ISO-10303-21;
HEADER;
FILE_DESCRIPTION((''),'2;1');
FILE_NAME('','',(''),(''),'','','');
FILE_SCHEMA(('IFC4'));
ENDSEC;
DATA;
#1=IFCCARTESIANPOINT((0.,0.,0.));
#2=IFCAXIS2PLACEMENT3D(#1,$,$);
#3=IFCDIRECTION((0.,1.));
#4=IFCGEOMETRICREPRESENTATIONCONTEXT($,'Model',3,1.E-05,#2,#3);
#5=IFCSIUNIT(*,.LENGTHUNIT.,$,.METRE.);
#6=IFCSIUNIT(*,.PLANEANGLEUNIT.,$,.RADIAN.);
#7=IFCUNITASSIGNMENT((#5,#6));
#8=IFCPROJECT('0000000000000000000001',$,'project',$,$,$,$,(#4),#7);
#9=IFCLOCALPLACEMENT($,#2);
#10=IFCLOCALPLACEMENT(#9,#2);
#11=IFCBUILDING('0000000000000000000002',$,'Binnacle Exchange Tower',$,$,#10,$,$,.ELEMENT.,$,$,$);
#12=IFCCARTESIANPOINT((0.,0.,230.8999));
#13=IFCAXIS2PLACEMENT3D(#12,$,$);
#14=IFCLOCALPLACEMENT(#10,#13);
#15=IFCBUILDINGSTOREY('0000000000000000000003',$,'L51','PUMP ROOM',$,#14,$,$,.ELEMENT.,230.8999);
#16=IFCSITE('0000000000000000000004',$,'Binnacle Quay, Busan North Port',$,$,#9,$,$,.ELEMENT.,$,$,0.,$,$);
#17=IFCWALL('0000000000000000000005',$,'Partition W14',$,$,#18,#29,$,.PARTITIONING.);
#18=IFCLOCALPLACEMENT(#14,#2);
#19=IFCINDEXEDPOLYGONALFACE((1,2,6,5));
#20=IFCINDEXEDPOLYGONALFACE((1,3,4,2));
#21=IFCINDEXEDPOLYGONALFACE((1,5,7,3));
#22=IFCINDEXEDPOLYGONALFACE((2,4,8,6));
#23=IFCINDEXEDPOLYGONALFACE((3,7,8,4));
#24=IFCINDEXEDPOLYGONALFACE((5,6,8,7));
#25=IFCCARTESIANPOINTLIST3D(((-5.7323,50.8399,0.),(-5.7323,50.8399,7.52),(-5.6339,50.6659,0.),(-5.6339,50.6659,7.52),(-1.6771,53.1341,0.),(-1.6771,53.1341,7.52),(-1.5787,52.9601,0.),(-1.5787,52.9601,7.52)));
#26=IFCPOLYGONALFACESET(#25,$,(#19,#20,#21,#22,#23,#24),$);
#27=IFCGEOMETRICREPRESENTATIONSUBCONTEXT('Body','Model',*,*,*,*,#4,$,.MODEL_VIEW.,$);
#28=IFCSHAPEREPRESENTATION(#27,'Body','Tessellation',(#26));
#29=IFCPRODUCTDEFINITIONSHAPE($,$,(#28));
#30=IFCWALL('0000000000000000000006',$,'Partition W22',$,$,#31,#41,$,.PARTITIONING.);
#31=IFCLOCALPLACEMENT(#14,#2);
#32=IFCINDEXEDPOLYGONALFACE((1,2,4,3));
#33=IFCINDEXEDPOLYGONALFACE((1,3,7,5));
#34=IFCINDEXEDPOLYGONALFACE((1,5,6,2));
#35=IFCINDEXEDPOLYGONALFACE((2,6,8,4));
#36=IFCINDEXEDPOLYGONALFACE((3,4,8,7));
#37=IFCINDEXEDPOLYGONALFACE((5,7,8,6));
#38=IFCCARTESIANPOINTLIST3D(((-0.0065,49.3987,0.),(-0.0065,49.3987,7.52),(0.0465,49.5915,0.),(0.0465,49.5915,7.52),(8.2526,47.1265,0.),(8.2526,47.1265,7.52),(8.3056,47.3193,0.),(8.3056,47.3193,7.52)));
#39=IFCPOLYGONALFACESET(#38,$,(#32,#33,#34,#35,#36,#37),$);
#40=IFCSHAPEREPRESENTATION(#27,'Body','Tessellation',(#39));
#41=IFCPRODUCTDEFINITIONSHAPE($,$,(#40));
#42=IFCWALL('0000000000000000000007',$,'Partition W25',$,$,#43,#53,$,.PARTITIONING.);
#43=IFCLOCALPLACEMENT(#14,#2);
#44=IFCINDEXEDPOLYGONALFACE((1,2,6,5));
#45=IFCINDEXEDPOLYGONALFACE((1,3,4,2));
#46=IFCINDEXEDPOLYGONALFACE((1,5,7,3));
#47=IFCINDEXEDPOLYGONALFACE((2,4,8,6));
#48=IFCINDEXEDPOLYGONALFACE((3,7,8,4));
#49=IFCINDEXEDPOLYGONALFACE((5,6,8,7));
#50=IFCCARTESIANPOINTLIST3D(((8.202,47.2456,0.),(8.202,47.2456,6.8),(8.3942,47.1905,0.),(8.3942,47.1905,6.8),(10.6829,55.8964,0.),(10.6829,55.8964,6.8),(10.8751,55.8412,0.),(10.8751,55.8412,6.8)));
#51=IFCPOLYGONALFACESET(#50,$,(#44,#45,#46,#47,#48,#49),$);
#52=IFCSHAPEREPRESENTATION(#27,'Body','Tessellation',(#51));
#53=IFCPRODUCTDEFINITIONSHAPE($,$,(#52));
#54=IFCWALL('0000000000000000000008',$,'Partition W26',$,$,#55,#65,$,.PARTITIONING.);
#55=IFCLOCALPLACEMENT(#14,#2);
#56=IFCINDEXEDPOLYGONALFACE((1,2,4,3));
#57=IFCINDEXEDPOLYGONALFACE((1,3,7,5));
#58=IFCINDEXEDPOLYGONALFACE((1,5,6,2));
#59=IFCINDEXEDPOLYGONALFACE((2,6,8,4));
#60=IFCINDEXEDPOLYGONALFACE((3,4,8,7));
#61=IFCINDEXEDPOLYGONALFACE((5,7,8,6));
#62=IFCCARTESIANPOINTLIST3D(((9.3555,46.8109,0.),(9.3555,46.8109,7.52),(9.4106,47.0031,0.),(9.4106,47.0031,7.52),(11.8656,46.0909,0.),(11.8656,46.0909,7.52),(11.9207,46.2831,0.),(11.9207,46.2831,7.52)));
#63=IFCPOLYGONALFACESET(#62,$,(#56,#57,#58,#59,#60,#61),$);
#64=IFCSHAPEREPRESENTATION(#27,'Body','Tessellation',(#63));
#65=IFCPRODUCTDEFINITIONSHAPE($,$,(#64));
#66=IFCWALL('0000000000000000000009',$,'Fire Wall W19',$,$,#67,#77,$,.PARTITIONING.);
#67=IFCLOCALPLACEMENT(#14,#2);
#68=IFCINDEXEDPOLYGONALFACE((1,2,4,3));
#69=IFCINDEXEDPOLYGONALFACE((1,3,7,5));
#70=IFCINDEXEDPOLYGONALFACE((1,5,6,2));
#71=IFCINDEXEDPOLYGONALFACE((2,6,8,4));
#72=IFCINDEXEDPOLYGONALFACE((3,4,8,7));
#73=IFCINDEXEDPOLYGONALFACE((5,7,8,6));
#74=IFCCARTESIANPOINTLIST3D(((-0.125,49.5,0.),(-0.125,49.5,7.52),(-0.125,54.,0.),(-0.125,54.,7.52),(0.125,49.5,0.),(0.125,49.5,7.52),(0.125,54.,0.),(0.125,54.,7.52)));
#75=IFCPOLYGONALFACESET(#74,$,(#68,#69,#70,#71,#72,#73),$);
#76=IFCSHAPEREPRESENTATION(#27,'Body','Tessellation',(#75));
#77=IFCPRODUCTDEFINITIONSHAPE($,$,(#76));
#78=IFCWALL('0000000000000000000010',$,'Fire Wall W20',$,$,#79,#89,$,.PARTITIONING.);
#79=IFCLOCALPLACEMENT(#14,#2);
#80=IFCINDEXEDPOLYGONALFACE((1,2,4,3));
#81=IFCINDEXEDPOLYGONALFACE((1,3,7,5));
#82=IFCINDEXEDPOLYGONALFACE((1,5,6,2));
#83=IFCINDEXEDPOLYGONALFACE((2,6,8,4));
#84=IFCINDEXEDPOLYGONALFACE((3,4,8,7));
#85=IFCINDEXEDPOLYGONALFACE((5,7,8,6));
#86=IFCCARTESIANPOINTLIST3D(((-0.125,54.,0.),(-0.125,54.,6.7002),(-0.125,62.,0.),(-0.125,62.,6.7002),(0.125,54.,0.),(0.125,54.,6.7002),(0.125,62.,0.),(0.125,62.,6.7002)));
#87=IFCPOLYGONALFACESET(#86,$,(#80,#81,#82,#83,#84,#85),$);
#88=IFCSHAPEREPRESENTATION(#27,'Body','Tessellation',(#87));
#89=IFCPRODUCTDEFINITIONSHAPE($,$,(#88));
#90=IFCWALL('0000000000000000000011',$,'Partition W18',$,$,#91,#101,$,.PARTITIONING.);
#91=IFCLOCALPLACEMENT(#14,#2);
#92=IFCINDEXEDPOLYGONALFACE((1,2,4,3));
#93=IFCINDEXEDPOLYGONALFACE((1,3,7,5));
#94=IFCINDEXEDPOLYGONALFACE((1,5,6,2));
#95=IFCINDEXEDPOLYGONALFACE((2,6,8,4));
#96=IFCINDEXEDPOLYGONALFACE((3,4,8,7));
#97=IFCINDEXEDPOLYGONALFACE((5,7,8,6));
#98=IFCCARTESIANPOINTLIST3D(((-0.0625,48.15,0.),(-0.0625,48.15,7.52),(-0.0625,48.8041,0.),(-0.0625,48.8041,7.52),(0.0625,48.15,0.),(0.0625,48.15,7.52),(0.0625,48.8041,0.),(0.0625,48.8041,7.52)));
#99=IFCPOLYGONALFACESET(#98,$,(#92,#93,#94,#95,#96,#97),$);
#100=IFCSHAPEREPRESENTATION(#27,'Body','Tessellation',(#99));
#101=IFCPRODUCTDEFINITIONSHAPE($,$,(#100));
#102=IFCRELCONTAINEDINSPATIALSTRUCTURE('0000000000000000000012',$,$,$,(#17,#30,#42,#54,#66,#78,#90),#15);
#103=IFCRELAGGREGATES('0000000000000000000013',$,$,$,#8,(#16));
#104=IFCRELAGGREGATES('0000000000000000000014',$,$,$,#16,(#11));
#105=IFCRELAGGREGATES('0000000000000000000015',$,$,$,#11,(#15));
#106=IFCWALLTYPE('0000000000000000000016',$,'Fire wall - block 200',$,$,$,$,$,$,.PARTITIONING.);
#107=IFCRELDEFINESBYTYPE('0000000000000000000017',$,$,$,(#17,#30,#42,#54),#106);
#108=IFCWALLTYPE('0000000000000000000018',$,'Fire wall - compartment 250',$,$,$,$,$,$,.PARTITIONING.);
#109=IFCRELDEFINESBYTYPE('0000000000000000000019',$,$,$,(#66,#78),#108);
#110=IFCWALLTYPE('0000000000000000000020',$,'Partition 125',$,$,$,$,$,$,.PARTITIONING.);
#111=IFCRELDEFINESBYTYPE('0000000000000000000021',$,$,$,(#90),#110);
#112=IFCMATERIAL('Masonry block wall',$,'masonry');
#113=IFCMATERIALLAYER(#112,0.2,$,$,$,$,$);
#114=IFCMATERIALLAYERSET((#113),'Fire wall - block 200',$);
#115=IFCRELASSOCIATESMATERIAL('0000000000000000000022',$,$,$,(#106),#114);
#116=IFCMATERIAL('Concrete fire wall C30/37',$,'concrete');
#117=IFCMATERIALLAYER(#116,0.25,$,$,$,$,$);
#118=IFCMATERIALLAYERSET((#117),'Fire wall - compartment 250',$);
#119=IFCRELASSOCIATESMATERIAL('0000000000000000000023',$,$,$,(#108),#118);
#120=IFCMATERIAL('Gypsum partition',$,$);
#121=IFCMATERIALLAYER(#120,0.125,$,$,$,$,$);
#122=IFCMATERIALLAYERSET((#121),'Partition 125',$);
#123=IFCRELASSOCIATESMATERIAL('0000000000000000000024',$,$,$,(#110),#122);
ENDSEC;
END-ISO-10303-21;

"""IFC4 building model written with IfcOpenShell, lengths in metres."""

from ifc_helpers import new_model, si_unit, direction, frame, frame_2d, origin, place, context, subcontext, project, spatial, rectangle, extrude, material, layer, layer_set, type_object, element, save


model = new_model("IFC4")

# Units and contexts
model_context = context("Model", 3, precision=1e-05, world=origin(), true_north=direction((0.0, 1.0)))
body_context = subcontext(model_context, "Body", "Model", "MODEL_VIEW")
ifc_project = project(units=[si_unit("LENGTHUNIT", "METRE"), si_unit("PLANEANGLEUNIT", "RADIAN")], contexts=[model_context])

# Site, building, storey
site_placement = place(None, origin())
site = spatial("IfcSite", under=ifc_project, at=site_placement, Name="Binnacle Quay, Busan North Port", CompositionType="ELEMENT", RefElevation=0.0)
building_placement = place(site_placement, origin())
building = spatial("IfcBuilding", under=site, at=building_placement, Name="Binnacle Exchange Tower", CompositionType="ELEMENT")
storey_placement = place(building_placement, frame((0.0, 0.0, 230.8999)))
storey = spatial("IfcBuildingStorey", under=building, at=storey_placement, Name="L51", Description="PUMP ROOM", CompositionType="ELEMENT", Elevation=230.8999)

# Walls
ifc_material_1 = material(Name="Masonry block wall", Category="masonry")
ifc_layer_1 = layer(ifc_material_1, 0.2)
ifc_layer_set_1 = layer_set([ifc_layer_1], Name="Fire wall - block 200")
wall_type_1 = type_object("IfcWallType", Name="Fire wall - block 200", PredefinedType="PARTITIONING", material=ifc_layer_set_1)
wall_1_placement = place(storey_placement, frame((-5.6831, 50.7529, 0.0), z_axis=(0.0, 0.0, 1.0), x_axis=(0.870367, 0.492404, 0.0)))
element("IfcWall", 1, at=wall_1_placement, inside=storey, type_object=wall_type_1, Name="Partition W14", PredefinedType="PARTITIONING", context=body_context, shape_type="SweptSolid", body=[
    extrude(rectangle(XDim=4.6592, YDim=0.2, at=frame_2d((2.3296, 0.0))), origin(), (0.0, 0.0, 1.0), 7.52),
])
wall_2_placement = place(storey_placement, frame((0.02, 49.4951, 0.0), z_axis=(0.0, 0.0, 1.0), x_axis=(0.964176, -0.265263, 0.0)))
element("IfcWall", 2, at=wall_2_placement, inside=storey, type_object=wall_type_1, Name="Partition W22", PredefinedType="PARTITIONING", context=body_context, shape_type="SweptSolid", body=[
    extrude(rectangle(XDim=8.5659, YDim=0.2, at=frame_2d((4.283, 0.0))), origin(), (0.0, 0.0, 1.0), 7.52),
])
wall_3_placement = place(storey_placement, frame((8.2981, 47.218, 0.0), z_axis=(0.0, 0.0, 1.0), x_axis=(0.275674, 0.961251, 0.0)))
element("IfcWall", 3, at=wall_3_placement, inside=storey, type_object=wall_type_1, Name="Partition W25", PredefinedType="PARTITIONING", context=body_context, shape_type="SweptSolid", body=[
    extrude(rectangle(XDim=8.9995, YDim=0.2, at=frame_2d((4.4998, 0.0))), origin(), (0.0, 0.0, 1.0), 6.8),
])
wall_4_placement = place(storey_placement, frame((9.3831, 46.907, 0.0), z_axis=(0.0, 0.0, 1.0), x_axis=(0.961238, -0.275721, 0.0)))
element("IfcWall", 4, at=wall_4_placement, inside=storey, type_object=wall_type_1, Name="Partition W26", PredefinedType="PARTITIONING", context=body_context, shape_type="SweptSolid", body=[
    extrude(rectangle(XDim=2.6113, YDim=0.2, at=frame_2d((1.3057, 0.0))), origin(), (0.0, 0.0, 1.0), 7.52),
])
ifc_material_2 = material(Name="Concrete fire wall C30/37", Category="concrete")
ifc_layer_2 = layer(ifc_material_2, 0.25)
ifc_layer_set_2 = layer_set([ifc_layer_2], Name="Fire wall - compartment 250")
wall_type_2 = type_object("IfcWallType", Name="Fire wall - compartment 250", PredefinedType="PARTITIONING", material=ifc_layer_set_2)
wall_5_placement = place(storey_placement, frame((0.0, 49.5, 0.0), z_axis=(0.0, 0.0, 1.0), x_axis=(0.0, 1.0, 0.0)))
element("IfcWall", 5, at=wall_5_placement, inside=storey, type_object=wall_type_2, Name="Fire Wall W19", PredefinedType="PARTITIONING", context=body_context, shape_type="SweptSolid", body=[
    extrude(rectangle(XDim=4.5, YDim=0.25, at=frame_2d((2.25, 0.0))), origin(), (0.0, 0.0, 1.0), 7.52),
])
wall_6_placement = place(storey_placement, frame((0.0, 54.0, 0.0), z_axis=(0.0, 0.0, 1.0), x_axis=(0.0, 1.0, 0.0)))
element("IfcWall", 6, at=wall_6_placement, inside=storey, type_object=wall_type_2, Name="Fire Wall W20", PredefinedType="PARTITIONING", context=body_context, shape_type="SweptSolid", body=[
    extrude(rectangle(XDim=8.0, YDim=0.25, at=frame_2d((4.0, 0.0))), origin(), (0.0, 0.0, 1.0), 6.7002),
])
ifc_material_3 = material(Name="Gypsum partition")
ifc_layer_3 = layer(ifc_material_3, 0.125)
ifc_layer_set_3 = layer_set([ifc_layer_3], Name="Partition 125")
wall_type_3 = type_object("IfcWallType", Name="Partition 125", PredefinedType="PARTITIONING", material=ifc_layer_set_3)
wall_7_placement = place(storey_placement, frame((0.0, 48.1499, 0.0), z_axis=(0.0, 0.0, 1.0), x_axis=(0.0, 1.0, 0.0)))
element("IfcWall", 7, at=wall_7_placement, inside=storey, type_object=wall_type_3, Name="Partition W18", PredefinedType="PARTITIONING", context=body_context, shape_type="SweptSolid", body=[
    extrude(rectangle(XDim=0.6541, YDim=0.125, at=frame_2d((0.3271, 0.0))), origin(), (0.0, 0.0, 1.0), 7.52),
])

save(model, "model.ifc")
